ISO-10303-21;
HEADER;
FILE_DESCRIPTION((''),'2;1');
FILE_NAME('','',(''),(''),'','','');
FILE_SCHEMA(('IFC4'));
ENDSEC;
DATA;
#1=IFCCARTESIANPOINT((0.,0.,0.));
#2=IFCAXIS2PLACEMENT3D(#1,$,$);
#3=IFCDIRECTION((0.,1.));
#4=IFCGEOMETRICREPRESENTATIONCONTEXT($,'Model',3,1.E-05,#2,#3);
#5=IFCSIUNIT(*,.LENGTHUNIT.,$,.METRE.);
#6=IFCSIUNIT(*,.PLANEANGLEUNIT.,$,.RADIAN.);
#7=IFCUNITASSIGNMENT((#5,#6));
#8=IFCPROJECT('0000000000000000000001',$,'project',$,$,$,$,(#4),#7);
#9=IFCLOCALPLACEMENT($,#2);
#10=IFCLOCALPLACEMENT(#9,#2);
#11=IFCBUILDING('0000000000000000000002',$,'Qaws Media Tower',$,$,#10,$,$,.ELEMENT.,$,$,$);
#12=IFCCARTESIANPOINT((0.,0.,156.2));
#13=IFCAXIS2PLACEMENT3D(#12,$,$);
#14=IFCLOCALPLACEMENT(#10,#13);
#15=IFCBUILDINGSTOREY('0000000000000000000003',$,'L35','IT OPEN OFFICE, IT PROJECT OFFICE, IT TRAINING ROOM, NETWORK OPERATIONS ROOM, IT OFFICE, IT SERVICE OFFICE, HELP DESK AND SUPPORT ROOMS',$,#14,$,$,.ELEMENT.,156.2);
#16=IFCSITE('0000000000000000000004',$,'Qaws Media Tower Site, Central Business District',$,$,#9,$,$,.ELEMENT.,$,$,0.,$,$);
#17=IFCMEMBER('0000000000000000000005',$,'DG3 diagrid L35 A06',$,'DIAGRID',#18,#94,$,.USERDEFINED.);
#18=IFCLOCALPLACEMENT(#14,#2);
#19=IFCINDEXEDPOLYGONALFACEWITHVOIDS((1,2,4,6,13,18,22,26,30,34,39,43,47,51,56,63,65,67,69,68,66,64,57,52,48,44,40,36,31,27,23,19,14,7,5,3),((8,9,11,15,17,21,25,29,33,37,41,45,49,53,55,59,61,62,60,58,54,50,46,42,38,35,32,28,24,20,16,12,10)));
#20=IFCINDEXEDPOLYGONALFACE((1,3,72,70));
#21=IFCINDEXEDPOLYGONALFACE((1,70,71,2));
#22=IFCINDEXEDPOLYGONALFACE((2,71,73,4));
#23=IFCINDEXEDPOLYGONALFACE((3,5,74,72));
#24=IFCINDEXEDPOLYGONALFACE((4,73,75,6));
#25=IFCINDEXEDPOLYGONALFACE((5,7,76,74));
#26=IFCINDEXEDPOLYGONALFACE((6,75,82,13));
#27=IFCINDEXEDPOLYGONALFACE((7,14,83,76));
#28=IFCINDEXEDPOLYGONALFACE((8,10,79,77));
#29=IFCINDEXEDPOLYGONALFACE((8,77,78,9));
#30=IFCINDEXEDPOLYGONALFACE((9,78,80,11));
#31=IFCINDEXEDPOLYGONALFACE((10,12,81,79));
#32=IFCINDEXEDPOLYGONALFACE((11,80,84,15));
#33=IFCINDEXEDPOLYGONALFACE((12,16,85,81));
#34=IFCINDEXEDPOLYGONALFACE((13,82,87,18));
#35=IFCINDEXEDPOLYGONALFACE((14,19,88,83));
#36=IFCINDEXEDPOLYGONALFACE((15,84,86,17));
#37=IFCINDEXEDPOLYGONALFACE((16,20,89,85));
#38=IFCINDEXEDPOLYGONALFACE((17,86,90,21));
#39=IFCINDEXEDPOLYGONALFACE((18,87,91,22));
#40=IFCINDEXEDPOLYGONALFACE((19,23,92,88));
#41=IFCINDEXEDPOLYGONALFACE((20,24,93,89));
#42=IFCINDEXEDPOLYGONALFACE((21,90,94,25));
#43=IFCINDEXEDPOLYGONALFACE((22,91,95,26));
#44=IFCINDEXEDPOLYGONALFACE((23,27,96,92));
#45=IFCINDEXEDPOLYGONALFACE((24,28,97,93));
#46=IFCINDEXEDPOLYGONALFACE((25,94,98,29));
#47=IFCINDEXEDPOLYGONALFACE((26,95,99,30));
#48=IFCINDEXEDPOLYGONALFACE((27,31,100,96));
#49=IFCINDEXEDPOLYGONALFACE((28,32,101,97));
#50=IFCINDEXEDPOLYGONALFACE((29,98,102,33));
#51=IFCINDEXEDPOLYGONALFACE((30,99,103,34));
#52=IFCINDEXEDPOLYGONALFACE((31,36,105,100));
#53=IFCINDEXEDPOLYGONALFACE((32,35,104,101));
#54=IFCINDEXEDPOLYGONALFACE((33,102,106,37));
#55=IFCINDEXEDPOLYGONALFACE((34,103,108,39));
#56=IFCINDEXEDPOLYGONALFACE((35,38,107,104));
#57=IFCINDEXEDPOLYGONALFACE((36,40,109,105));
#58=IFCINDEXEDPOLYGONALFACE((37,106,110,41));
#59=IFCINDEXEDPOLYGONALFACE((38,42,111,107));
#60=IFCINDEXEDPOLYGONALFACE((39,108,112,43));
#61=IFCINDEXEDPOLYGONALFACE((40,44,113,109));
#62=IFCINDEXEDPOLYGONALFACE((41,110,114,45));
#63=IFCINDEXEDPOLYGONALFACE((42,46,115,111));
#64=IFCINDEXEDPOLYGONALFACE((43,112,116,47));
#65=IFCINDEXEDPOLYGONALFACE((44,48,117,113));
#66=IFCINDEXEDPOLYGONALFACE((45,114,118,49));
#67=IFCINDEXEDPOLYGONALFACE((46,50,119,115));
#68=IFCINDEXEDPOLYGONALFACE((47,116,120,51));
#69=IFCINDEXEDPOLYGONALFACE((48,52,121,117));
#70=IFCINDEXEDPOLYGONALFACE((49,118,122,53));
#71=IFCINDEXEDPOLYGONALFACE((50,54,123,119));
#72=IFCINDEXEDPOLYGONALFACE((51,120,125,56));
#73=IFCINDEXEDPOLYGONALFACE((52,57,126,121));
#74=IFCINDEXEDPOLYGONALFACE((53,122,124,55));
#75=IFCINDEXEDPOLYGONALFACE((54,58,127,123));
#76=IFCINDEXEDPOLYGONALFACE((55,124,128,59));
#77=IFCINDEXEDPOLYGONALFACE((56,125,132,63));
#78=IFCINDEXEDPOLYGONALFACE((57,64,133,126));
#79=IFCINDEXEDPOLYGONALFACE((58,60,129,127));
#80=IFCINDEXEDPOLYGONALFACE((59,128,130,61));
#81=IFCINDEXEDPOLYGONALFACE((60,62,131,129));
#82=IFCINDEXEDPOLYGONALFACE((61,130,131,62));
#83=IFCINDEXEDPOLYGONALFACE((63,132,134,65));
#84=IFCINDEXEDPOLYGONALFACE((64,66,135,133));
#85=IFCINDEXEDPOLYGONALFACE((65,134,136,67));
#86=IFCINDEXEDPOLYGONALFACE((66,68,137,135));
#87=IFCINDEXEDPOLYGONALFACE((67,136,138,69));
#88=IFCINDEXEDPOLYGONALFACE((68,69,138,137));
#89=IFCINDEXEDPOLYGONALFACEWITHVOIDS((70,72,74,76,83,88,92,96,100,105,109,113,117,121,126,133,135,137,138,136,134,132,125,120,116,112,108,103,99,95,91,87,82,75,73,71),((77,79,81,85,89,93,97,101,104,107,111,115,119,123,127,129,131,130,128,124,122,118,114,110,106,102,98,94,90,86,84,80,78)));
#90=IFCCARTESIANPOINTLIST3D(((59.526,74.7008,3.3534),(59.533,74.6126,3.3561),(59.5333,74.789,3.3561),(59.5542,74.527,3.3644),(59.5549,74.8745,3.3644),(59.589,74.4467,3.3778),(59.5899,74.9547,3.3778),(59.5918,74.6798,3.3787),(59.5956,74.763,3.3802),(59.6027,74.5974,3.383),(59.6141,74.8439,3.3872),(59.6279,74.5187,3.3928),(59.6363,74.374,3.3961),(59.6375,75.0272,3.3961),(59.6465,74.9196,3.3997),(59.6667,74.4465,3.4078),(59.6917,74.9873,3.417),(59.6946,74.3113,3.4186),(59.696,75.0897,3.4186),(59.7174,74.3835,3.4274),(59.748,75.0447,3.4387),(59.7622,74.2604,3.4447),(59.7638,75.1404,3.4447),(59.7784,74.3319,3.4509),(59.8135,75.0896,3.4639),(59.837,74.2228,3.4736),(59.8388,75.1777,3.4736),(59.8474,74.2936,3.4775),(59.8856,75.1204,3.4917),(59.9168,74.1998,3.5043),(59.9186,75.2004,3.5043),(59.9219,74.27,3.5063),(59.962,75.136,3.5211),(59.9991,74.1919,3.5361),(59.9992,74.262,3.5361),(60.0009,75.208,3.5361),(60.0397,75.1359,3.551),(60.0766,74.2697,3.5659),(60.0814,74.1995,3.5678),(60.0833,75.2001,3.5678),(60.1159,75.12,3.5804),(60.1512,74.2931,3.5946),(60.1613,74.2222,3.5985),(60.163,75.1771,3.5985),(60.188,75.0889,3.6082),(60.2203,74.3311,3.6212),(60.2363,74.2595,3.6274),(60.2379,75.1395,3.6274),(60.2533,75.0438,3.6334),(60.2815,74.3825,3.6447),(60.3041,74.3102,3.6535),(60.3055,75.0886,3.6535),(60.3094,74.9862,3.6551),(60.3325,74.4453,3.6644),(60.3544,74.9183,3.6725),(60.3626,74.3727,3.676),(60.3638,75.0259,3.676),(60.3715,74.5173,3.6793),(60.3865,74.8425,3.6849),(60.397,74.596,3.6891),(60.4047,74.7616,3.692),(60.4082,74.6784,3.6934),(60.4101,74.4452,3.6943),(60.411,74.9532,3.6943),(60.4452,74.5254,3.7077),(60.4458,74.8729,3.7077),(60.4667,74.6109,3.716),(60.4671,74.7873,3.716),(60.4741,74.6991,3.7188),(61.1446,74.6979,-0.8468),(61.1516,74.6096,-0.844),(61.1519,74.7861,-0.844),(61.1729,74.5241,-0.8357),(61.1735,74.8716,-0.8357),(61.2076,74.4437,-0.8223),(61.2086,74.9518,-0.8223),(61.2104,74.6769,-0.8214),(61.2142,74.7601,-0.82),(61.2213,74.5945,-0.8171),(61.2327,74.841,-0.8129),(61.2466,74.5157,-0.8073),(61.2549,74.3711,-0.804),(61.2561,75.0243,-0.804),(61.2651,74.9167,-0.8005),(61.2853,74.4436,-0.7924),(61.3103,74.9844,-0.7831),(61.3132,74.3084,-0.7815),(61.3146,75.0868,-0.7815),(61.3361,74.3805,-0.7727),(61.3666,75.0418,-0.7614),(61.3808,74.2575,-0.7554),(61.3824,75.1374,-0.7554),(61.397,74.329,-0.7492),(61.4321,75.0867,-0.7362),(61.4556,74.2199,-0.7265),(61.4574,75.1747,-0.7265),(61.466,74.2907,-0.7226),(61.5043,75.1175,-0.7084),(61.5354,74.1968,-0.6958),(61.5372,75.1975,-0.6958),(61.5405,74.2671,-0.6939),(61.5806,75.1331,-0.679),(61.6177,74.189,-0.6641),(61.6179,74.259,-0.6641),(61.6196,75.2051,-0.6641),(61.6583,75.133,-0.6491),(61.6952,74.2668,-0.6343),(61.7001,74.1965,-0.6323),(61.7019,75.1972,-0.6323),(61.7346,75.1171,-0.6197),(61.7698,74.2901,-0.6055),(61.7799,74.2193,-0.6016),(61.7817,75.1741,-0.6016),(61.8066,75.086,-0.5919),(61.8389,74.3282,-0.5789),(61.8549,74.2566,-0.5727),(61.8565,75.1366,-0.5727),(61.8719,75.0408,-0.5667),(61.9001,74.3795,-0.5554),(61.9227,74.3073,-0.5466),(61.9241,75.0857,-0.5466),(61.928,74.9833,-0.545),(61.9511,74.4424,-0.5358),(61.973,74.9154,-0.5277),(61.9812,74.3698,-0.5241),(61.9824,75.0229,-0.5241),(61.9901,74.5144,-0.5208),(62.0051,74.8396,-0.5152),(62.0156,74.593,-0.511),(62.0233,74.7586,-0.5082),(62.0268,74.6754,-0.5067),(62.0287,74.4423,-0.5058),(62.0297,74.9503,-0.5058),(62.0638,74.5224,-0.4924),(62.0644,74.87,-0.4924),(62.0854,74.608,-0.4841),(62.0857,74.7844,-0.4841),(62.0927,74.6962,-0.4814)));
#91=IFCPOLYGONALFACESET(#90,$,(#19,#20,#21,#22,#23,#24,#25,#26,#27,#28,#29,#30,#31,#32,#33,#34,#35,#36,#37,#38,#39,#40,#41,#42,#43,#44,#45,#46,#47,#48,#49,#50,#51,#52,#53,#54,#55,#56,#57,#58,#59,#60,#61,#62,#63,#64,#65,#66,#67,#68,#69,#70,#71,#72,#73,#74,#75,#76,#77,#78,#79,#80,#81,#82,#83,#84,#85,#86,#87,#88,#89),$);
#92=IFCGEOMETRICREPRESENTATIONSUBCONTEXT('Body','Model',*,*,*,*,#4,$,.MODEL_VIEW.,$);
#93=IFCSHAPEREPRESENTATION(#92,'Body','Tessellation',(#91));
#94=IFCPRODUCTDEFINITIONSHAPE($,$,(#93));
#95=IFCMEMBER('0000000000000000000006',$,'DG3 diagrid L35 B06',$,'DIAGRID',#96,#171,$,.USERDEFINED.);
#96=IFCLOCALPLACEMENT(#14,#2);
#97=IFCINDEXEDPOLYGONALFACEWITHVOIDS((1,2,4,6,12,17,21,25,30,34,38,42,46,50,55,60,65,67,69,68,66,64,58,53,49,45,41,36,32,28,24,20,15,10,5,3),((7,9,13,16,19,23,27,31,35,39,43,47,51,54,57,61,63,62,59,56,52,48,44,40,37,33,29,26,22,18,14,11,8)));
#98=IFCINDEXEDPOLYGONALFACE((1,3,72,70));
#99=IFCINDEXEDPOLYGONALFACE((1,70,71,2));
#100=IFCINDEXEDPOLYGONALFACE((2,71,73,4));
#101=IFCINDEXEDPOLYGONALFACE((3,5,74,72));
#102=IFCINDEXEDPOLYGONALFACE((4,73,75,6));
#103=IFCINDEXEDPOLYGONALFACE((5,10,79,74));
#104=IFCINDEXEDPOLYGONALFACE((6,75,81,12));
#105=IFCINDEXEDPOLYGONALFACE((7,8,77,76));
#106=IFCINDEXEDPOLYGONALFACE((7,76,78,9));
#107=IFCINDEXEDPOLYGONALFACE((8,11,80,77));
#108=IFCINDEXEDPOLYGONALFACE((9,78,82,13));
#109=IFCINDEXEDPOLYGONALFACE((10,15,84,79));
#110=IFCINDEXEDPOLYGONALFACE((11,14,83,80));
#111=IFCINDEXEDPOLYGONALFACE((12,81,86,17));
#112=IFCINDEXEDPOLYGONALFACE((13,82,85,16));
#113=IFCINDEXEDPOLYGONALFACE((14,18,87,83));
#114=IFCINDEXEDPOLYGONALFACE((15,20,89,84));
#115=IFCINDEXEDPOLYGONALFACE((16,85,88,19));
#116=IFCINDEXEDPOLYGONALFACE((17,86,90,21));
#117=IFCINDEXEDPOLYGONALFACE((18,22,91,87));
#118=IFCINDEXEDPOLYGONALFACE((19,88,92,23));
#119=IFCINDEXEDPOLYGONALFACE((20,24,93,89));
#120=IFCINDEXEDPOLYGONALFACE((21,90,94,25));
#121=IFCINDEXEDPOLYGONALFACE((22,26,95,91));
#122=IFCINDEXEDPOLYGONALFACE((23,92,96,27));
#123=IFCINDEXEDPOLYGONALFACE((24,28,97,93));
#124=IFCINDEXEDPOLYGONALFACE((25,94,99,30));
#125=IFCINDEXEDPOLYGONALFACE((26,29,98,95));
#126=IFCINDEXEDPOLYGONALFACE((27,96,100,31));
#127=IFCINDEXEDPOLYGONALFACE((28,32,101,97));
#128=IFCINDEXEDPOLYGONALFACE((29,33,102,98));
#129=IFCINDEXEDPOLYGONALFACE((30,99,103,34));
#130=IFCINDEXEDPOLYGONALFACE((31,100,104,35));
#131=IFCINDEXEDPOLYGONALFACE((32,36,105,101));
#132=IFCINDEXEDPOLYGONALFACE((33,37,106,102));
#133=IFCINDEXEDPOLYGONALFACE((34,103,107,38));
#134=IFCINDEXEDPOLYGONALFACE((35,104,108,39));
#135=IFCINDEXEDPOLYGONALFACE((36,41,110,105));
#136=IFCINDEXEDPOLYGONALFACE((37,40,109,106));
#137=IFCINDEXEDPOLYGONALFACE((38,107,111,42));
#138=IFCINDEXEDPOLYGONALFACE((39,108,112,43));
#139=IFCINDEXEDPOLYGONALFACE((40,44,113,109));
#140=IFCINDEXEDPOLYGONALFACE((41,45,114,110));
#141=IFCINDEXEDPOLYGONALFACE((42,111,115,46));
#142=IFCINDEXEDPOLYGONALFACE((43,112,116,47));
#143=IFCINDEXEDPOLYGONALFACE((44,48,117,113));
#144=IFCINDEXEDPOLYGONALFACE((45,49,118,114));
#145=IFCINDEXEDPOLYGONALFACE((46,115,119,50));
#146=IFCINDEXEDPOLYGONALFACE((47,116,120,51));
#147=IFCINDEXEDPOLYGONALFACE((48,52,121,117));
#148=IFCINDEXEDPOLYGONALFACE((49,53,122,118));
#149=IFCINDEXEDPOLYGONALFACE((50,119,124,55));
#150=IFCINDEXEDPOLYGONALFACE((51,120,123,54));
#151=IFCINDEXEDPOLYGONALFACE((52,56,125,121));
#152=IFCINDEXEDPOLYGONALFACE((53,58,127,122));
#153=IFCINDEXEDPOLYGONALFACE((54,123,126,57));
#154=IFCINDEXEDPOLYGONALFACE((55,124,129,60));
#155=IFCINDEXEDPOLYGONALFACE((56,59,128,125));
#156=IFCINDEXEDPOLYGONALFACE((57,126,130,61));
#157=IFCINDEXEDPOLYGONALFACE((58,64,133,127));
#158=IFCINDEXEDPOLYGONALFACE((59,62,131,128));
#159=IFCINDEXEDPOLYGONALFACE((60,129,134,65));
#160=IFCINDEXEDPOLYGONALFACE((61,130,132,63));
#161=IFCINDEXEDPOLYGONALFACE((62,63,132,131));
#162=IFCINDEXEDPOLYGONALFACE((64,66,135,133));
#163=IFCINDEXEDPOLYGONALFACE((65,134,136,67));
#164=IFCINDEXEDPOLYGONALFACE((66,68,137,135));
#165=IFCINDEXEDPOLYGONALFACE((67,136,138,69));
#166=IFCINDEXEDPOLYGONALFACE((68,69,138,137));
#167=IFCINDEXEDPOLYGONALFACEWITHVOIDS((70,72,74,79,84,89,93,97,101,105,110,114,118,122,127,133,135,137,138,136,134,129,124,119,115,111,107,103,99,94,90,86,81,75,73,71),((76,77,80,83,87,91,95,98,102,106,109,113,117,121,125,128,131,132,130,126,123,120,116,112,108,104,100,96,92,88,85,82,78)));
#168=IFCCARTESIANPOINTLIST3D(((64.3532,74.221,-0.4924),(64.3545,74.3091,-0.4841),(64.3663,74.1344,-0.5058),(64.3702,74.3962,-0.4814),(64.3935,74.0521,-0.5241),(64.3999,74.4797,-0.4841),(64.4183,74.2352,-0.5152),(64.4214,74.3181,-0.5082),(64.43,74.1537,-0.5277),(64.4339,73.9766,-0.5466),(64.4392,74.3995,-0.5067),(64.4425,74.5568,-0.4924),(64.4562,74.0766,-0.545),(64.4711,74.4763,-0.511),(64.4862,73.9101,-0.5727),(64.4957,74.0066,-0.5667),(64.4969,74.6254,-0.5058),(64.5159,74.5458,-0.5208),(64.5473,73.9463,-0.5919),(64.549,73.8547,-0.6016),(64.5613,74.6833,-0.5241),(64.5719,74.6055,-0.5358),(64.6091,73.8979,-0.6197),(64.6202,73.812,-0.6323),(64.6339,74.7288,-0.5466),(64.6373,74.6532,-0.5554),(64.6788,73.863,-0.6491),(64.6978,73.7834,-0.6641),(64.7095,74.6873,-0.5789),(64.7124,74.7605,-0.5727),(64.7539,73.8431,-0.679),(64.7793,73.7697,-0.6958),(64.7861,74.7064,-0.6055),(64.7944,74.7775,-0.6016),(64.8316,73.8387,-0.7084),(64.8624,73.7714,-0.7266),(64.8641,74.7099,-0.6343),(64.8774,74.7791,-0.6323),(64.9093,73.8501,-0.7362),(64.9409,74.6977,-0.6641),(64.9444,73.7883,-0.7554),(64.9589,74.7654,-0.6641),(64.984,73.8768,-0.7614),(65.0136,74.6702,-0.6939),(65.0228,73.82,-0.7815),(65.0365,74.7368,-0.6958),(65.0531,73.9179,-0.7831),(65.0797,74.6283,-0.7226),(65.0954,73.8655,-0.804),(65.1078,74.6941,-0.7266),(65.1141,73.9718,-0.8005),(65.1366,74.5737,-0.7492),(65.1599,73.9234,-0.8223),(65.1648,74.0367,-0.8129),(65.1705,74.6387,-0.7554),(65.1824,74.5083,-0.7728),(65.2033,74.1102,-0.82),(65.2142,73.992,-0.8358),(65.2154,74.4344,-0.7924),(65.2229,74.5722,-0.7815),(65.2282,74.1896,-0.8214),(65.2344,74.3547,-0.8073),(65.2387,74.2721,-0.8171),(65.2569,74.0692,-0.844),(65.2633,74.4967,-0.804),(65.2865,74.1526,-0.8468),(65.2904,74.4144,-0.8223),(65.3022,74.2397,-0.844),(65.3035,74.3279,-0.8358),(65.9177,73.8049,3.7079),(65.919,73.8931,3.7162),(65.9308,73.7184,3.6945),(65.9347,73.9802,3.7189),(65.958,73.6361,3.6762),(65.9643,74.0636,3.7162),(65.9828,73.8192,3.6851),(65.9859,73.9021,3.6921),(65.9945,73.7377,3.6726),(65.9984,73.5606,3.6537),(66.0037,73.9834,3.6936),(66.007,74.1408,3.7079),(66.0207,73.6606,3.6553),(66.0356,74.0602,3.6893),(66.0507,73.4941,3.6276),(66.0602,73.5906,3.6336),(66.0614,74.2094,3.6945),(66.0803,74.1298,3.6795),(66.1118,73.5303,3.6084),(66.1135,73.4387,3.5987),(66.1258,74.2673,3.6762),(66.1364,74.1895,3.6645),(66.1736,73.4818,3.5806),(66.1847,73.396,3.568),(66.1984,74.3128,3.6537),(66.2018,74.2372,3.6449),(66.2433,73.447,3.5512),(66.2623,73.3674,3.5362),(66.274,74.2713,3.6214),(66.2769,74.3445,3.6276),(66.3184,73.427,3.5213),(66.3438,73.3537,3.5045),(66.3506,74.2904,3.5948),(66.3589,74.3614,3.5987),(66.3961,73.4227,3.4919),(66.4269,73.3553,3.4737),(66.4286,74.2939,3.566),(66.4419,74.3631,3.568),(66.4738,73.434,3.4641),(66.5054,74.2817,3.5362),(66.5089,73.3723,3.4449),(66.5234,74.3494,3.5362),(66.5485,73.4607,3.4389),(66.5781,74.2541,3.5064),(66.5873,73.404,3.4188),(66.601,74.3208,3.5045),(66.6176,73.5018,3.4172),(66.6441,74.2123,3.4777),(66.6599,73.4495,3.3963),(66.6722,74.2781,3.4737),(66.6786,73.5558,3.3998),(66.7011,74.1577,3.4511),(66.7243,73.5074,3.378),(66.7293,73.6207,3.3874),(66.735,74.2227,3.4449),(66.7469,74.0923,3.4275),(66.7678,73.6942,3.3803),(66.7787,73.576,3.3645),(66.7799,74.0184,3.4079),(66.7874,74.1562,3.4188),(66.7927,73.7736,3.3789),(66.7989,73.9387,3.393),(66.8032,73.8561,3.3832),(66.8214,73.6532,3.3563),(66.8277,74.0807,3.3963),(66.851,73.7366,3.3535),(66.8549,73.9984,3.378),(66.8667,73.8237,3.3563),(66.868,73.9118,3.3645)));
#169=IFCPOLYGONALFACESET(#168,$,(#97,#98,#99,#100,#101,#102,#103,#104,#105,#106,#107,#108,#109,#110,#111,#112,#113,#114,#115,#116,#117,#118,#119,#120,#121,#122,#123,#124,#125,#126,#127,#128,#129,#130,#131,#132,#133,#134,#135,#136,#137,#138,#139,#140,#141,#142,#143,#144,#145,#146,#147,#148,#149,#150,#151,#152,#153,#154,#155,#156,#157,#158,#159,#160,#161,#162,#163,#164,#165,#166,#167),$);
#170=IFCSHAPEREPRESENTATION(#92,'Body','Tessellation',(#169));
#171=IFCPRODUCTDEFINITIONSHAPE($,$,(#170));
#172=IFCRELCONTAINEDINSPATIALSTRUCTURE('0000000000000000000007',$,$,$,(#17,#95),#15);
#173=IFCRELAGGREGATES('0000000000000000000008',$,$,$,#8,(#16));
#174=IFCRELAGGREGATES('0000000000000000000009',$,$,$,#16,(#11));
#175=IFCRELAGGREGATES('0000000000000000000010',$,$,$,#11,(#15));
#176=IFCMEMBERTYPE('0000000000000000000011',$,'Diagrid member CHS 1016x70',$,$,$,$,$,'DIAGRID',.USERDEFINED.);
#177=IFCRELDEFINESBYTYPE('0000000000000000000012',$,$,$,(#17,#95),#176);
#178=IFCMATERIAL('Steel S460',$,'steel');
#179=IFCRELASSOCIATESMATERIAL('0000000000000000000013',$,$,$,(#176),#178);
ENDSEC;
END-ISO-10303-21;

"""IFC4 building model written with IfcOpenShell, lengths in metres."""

from ifc_helpers import new_model, si_unit, direction, frame, origin, origin_2d, place, context, subcontext, project, spatial, hollow_circle, extrude, material, material_profile, profile_set, type_object, element, save


model = new_model("IFC4")

# Units and contexts
model_context = context("Model", 3, precision=1e-05, world=origin(), true_north=direction((0.0, 1.0)))
body_context = subcontext(model_context, "Body", "Model", "MODEL_VIEW")
ifc_project = project(units=[si_unit("LENGTHUNIT", "METRE"), si_unit("PLANEANGLEUNIT", "RADIAN")], contexts=[model_context])

# Site, building, storey
site_placement = place(None, origin())
site = spatial("IfcSite", under=ifc_project, at=site_placement, Name="Qaws Media Tower Site, Central Business District", CompositionType="ELEMENT", RefElevation=0.0)
building_placement = place(site_placement, origin())
building = spatial("IfcBuilding", under=site, at=building_placement, Name="Qaws Media Tower", CompositionType="ELEMENT")
storey_placement = place(building_placement, frame((0.0, 0.0, 156.2)))
storey = spatial("IfcBuildingStorey", under=building, at=storey_placement, Name="L35", Description="IT OPEN OFFICE, IT PROJECT OFFICE, IT TRAINING ROOM, NETWORK OPERATIONS ROOM, IT OFFICE, IT SERVICE OFFICE, HELP DESK AND SUPPORT ROOMS", CompositionType="ELEMENT", Elevation=156.2)

# Members
ifc_material_1 = material(Name="Steel S460", Category="steel")
ifc_material_profile_1 = material_profile(ifc_material_1, hollow_circle(Radius=0.5081, WallThickness=0.0701, at=origin_2d()), Name="CHS 1016x70")
ifc_profile_set_1 = profile_set([ifc_material_profile_1], Name="Steel S460")
member_type_1 = type_object("IfcMemberType", Name="Diagrid member CHS 1016x70", ElementType="DIAGRID", PredefinedType="USERDEFINED", material=ifc_profile_set_1)
member_1_placement = place(storey_placement, frame((61.6187, 74.697, -0.6641), z_axis=(-0.359597, 0.000651, 0.933108), x_axis=(-0.00181, -0.999998, 0.0)))
element("IfcMember", 1, at=member_1_placement, inside=storey, type_object=member_type_1, Name="DG3 diagrid L35 A06", ObjectType="DIAGRID", PredefinedType="USERDEFINED", context=body_context, shape_type="SweptSolid", body=[
    extrude(hollow_circle(Radius=0.5081, WallThickness=0.0701, at=origin_2d()), origin(), (0.0, 0.0, 1.0), 4.5012),
])
member_2_placement = place(storey_placement, frame((64.8284, 74.2744, -0.6641), z_axis=(0.347551, -0.09242, 0.933095), x_axis=(0.256987, 0.966415, 0.0)))
element("IfcMember", 2, at=member_2_placement, inside=storey, type_object=member_type_1, Name="DG3 diagrid L35 B06", ObjectType="DIAGRID", PredefinedType="USERDEFINED", context=body_context, shape_type="SweptSolid", body=[
    extrude(hollow_circle(Radius=0.5081, WallThickness=0.0701, at=origin_2d()), origin(), (0.0, 0.0, 1.0), 4.5015),
])

save(model, "model.ifc")
